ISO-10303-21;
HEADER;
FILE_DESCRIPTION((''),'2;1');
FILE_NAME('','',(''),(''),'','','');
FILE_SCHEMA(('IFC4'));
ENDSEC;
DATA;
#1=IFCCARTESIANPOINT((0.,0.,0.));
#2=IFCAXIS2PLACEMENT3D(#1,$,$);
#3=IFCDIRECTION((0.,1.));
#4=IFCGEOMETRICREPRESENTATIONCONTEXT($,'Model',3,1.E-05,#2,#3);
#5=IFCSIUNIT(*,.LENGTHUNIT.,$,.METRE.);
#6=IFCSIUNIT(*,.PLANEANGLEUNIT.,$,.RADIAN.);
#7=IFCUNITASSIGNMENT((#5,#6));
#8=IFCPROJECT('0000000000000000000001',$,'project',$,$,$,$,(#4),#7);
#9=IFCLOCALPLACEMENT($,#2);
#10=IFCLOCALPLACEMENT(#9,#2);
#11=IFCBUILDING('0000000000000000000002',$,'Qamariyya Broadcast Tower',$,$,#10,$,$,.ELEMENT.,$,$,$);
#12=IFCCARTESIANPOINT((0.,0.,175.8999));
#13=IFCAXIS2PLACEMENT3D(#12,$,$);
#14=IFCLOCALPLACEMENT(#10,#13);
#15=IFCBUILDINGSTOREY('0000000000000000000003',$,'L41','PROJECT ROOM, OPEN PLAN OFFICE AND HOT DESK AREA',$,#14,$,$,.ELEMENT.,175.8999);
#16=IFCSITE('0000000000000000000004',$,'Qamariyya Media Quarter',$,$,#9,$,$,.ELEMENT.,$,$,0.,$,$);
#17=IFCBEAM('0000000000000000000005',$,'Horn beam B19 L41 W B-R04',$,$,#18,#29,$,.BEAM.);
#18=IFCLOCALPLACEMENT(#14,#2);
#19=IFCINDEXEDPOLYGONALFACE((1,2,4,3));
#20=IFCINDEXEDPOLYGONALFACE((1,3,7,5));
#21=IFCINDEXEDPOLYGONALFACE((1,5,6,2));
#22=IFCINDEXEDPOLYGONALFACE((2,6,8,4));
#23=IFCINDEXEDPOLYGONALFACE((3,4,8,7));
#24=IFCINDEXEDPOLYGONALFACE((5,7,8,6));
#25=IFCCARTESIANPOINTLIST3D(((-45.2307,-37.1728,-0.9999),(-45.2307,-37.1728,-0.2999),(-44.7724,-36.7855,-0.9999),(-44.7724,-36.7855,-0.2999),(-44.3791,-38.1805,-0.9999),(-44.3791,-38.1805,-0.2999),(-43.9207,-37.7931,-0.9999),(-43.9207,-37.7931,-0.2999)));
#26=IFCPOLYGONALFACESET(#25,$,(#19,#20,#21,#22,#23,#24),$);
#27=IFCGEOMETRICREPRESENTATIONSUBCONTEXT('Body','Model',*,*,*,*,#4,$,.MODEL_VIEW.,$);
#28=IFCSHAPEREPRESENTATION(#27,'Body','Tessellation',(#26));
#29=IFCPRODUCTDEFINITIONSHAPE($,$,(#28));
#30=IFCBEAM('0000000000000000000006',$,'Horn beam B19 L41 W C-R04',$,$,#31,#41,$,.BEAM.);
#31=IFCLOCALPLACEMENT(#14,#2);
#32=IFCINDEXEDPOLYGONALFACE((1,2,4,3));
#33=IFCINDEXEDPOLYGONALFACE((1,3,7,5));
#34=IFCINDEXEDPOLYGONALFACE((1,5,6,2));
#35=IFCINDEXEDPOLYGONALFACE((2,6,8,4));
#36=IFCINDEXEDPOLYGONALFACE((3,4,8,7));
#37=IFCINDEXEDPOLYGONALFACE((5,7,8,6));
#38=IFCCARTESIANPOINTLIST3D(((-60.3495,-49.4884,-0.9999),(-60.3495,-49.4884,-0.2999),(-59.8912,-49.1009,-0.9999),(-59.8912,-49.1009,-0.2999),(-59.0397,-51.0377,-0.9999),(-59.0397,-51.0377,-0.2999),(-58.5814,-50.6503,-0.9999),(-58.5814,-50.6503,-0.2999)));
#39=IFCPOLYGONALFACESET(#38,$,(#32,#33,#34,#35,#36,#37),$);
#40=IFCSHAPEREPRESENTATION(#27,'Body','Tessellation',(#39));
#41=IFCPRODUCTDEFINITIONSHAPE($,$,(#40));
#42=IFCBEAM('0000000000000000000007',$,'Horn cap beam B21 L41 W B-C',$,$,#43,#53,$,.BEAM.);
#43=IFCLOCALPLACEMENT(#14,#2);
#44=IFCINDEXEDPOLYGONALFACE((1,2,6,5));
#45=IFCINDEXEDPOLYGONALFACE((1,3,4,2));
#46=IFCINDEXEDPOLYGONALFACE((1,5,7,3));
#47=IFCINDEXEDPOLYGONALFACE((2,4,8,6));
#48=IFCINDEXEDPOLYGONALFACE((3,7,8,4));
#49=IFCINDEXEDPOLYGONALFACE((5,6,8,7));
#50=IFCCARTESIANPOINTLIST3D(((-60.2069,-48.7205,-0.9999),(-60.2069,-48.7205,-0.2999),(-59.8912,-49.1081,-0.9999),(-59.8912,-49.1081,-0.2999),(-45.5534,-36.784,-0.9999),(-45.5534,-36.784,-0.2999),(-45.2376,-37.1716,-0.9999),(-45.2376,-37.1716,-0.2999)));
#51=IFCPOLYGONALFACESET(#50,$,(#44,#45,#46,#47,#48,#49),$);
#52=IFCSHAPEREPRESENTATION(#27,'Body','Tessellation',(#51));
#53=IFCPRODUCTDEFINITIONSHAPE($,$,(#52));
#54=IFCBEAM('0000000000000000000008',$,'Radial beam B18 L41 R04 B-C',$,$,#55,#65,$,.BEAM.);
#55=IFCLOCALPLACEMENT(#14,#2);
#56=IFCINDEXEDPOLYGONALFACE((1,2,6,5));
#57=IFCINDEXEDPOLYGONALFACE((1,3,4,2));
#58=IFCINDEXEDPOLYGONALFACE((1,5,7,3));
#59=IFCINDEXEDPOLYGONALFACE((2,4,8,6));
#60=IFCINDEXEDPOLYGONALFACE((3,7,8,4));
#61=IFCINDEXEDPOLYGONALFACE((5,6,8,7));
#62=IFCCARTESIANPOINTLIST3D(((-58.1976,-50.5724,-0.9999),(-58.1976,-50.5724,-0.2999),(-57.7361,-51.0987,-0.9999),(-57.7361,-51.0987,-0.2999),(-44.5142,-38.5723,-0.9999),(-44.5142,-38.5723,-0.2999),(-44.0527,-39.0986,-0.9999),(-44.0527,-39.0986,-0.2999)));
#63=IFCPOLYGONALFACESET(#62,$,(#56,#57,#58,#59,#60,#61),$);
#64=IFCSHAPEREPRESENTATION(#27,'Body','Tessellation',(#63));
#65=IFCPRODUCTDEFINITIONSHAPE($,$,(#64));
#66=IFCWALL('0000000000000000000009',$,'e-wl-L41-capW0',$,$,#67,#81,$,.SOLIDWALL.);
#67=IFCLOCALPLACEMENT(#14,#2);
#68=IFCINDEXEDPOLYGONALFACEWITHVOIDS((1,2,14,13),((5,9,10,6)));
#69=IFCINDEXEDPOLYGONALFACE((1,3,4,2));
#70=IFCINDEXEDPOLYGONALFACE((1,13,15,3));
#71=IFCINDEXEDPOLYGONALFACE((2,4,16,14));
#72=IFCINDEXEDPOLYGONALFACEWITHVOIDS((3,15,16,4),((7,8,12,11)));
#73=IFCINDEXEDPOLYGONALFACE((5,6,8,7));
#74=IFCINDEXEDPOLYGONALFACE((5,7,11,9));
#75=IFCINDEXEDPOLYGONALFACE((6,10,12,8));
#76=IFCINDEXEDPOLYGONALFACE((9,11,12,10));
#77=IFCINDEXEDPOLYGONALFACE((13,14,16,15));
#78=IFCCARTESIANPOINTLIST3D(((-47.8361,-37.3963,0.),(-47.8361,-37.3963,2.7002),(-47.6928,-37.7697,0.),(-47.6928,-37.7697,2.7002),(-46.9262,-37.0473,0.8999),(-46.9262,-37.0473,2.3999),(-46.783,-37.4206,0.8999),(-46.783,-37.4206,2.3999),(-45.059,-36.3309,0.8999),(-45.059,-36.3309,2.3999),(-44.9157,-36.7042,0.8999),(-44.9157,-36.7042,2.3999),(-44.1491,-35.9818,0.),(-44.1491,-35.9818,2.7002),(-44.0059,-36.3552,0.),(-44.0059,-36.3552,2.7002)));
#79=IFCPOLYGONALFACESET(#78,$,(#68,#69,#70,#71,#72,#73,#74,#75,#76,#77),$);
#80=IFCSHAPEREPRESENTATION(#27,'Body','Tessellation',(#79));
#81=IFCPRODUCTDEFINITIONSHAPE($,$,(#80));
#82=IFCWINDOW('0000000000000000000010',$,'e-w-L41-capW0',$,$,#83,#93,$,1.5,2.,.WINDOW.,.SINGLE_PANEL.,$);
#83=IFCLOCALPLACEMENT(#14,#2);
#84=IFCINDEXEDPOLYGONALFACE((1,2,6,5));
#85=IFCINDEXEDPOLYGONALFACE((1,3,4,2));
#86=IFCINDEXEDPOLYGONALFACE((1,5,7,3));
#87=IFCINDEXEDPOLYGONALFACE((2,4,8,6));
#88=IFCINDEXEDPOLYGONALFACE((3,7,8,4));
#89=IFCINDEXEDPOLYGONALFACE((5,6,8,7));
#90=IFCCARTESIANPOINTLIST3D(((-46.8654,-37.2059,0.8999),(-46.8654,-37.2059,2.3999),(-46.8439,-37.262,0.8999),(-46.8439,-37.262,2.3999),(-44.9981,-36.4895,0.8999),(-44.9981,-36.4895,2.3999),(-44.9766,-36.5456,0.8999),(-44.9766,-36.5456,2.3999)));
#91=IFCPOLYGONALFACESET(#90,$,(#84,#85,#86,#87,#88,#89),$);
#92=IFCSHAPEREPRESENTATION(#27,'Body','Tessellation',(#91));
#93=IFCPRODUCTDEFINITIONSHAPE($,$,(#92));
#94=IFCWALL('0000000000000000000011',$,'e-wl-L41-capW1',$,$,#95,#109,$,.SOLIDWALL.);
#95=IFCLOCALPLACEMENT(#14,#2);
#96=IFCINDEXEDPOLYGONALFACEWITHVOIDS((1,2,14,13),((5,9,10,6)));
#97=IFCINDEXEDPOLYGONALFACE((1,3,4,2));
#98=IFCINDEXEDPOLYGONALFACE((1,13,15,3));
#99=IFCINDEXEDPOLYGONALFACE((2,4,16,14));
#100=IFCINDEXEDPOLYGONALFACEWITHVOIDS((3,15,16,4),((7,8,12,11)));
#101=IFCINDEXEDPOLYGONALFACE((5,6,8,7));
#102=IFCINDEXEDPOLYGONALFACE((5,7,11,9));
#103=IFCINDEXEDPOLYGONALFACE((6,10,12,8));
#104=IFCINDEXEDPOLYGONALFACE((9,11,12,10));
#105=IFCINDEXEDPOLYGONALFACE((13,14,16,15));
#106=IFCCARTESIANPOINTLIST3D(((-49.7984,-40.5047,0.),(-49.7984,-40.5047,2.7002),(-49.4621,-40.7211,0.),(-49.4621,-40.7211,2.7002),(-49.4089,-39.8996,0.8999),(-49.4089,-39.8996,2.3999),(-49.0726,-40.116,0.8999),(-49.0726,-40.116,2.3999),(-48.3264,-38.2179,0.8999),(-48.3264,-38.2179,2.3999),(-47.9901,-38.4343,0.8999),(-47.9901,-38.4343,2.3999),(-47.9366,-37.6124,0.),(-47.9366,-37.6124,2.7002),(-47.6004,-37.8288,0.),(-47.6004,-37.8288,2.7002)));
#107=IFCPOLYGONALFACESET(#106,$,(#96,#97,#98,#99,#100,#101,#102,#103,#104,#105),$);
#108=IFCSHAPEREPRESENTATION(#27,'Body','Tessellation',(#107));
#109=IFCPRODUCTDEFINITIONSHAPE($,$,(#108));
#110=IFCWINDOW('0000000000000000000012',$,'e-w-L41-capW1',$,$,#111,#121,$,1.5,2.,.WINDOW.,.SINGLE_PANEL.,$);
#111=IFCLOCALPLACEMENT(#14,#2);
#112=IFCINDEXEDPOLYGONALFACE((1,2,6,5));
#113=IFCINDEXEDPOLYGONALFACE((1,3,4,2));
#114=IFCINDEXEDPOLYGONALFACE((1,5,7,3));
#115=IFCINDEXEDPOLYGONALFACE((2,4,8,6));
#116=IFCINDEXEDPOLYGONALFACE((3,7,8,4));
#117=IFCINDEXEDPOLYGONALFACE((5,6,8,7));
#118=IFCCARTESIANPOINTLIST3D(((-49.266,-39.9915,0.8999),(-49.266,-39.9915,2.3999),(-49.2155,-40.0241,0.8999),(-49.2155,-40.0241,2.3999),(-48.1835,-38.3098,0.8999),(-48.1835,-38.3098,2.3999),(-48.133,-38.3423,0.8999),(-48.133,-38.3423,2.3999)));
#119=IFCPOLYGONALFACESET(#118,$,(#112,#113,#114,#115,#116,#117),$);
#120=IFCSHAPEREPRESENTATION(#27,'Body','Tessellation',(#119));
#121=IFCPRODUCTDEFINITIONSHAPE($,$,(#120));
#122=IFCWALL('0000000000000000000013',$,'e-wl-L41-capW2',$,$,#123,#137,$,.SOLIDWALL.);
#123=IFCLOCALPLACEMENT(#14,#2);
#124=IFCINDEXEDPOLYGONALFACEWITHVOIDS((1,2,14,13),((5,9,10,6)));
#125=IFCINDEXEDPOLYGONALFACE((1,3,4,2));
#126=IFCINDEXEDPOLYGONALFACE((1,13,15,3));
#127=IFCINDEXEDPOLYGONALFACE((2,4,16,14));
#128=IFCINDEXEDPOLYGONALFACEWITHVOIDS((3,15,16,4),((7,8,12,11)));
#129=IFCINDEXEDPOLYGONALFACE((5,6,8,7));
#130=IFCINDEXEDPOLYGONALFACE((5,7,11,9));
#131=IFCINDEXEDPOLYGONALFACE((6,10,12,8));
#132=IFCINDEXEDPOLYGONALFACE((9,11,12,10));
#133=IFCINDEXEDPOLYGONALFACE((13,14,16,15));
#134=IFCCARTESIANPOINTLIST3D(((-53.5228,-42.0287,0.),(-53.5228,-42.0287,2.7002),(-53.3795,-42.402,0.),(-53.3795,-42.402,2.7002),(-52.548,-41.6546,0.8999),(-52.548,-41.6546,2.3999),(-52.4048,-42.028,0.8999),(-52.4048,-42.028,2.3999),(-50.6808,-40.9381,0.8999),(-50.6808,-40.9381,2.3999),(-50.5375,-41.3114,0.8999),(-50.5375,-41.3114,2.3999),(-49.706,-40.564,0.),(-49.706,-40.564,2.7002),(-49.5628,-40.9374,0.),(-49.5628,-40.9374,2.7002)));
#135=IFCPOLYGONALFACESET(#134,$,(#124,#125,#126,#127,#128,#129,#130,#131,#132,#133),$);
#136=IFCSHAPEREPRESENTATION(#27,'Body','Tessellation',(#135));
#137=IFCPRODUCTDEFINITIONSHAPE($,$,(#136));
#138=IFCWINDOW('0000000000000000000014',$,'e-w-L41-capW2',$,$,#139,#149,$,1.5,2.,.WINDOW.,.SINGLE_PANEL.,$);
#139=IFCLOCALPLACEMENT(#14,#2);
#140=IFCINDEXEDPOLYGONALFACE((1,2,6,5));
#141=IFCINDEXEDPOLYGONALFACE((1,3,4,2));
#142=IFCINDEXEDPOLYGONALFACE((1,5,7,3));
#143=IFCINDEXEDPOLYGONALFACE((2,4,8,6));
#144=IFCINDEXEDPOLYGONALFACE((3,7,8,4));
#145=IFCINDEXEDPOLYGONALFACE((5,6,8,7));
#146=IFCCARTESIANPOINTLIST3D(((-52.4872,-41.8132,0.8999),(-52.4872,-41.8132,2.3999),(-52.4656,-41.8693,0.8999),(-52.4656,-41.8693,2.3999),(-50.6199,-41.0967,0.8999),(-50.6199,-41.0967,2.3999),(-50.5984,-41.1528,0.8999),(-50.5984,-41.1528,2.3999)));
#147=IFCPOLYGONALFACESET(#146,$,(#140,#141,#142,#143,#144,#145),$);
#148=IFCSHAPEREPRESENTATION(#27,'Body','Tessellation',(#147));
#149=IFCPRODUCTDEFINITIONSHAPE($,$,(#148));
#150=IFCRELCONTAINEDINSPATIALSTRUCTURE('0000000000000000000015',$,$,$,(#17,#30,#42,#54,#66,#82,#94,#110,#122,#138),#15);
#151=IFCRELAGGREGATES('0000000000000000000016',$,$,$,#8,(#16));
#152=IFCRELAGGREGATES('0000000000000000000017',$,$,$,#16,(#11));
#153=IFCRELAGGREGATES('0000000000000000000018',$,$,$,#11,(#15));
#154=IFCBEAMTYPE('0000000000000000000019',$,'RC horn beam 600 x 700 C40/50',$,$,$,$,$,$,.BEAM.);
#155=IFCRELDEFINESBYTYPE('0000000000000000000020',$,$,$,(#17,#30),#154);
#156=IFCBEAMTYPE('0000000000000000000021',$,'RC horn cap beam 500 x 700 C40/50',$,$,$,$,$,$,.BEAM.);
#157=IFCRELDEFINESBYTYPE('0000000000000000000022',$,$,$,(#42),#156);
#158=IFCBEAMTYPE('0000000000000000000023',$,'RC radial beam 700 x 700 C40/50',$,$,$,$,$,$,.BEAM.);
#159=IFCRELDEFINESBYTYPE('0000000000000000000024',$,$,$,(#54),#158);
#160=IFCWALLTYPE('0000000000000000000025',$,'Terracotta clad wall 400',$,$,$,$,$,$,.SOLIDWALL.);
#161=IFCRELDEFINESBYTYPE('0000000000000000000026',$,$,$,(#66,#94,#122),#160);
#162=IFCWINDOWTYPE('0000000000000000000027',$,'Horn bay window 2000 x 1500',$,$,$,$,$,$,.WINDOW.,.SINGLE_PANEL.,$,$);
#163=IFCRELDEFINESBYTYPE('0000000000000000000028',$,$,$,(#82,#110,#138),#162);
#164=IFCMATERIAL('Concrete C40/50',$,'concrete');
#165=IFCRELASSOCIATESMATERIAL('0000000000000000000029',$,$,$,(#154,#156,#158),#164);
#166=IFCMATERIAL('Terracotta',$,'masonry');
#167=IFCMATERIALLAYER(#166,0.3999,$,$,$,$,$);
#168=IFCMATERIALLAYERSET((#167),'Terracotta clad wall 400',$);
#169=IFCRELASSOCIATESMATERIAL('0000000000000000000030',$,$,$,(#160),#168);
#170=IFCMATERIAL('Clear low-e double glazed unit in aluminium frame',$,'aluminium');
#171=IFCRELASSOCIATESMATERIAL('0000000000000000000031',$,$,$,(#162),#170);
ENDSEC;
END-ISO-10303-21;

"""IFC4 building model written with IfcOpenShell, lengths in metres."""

from ifc_helpers import new_model, si_unit, direction, frame, frame_2d, origin, origin_2d, place, context, subcontext, project, spatial, rectangle, extrude, material, layer, layer_set, material_profile, profile_set, type_object, element, fill, save


model = new_model("IFC4")

# Units and contexts
model_context = context("Model", 3, precision=1e-05, world=origin(), true_north=direction((0.0, 1.0)))
body_context = subcontext(model_context, "Body", "Model", "MODEL_VIEW")
ifc_project = project(units=[si_unit("LENGTHUNIT", "METRE"), si_unit("PLANEANGLEUNIT", "RADIAN")], contexts=[model_context])

# Site, building, storey
site_placement = place(None, origin())
site = spatial("IfcSite", under=ifc_project, at=site_placement, Name="Qamariyya Media Quarter", CompositionType="ELEMENT", RefElevation=0.0)
building_placement = place(site_placement, origin())
building = spatial("IfcBuilding", under=site, at=building_placement, Name="Qamariyya Broadcast Tower", CompositionType="ELEMENT")
storey_placement = place(building_placement, frame((0.0, 0.0, 175.8999)))
storey = spatial("IfcBuildingStorey", under=building, at=storey_placement, Name="L41", Description="PROJECT ROOM, OPEN PLAN OFFICE AND HOT DESK AREA", CompositionType="ELEMENT", Elevation=175.8999)

# Beams
ifc_material_1 = material(Name="Concrete C40/50", Category="concrete")
ifc_material_profile_1 = material_profile(ifc_material_1, rectangle(XDim=0.6001, YDim=0.7, at=origin_2d()))
ifc_profile_set_1 = profile_set([ifc_material_profile_1], Name="Concrete C40/50")
beam_type_1 = type_object("IfcBeamType", Name="RC horn beam 600 x 700 C40/50", PredefinedType="BEAM", material=ifc_profile_set_1)
beam_1_placement = place(storey_placement, frame((-44.1499, -37.9868, -0.6499), z_axis=(-0.645502, 0.763758, 0.0), x_axis=(-0.763758, -0.645502, 0.0)))
element("IfcBeam", 1, at=beam_1_placement, inside=storey, type_object=beam_type_1, Name="Horn beam B19 L41 W B-R04", PredefinedType="BEAM", context=body_context, shape_type="SweptSolid", body=[
    extrude(rectangle(XDim=0.6001, YDim=0.7, at=origin_2d()), origin(), (0.0, 0.0, 1.0), 1.3193),
])
beam_2_placement = place(storey_placement, frame((-58.8105, -50.844, -0.6499), z_axis=(-0.645613, 0.763665, 0.0), x_axis=(-0.763665, -0.645613, 0.0)))
element("IfcBeam", 2, at=beam_2_placement, inside=storey, type_object=beam_type_1, Name="Horn beam B19 L41 W C-R04", PredefinedType="BEAM", context=body_context, shape_type="SweptSolid", body=[
    extrude(rectangle(XDim=0.6001, YDim=0.7, at=origin_2d()), origin(), (0.0, 0.0, 1.0), 2.0288),
])
ifc_material_profile_2 = material_profile(ifc_material_1, rectangle(XDim=0.5, YDim=0.7, at=origin_2d()))
ifc_profile_set_2 = profile_set([ifc_material_profile_2], Name="Concrete C40/50")
beam_type_2 = type_object("IfcBeamType", Name="RC horn cap beam 500 x 700 C40/50", PredefinedType="BEAM", material=ifc_profile_set_2)
beam_3_placement = place(storey_placement, frame((-45.3955, -36.9778, -0.6499), z_axis=(-0.775324, -0.631564, 0.0), x_axis=(0.631564, -0.775324, 0.0)))
element("IfcBeam", 3, at=beam_3_placement, inside=storey, type_object=beam_type_2, Name="Horn cap beam B21 L41 W B-C", PredefinedType="BEAM", context=body_context, shape_type="SweptSolid", body=[
    extrude(rectangle(XDim=0.5, YDim=0.7, at=origin_2d()), origin(), (0.0, 0.0, 1.0), 18.8999),
])
ifc_material_profile_3 = material_profile(ifc_material_1, rectangle(XDim=0.7, YDim=0.7, at=origin_2d()))
ifc_profile_set_3 = profile_set([ifc_material_profile_3], Name="Concrete C40/50")
beam_type_3 = type_object("IfcBeamType", Name="RC radial beam 700 x 700 C40/50", PredefinedType="BEAM", material=ifc_profile_set_3)
beam_4_placement = place(storey_placement, frame((-44.2834, -38.8354, -0.6499), z_axis=(-0.751839, -0.659347, 0.0), x_axis=(0.659347, -0.751839, 0.0)))
element("IfcBeam", 4, at=beam_4_placement, inside=storey, type_object=beam_type_3, Name="Radial beam B18 L41 R04 B-C", PredefinedType="BEAM", context=body_context, shape_type="SweptSolid", body=[
    extrude(rectangle(XDim=0.7, YDim=0.7, at=origin_2d()), origin(), (0.0, 0.0, 1.0), 18.2),
])

# Walls, openings, windows
ifc_material_2 = material(Name="Terracotta", Category="masonry")
ifc_layer = layer(ifc_material_2, 0.3999)
ifc_layer_set = layer_set([ifc_layer], Name="Terracotta clad wall 400")
wall_type = type_object("IfcWallType", Name="Terracotta clad wall 400", PredefinedType="SOLIDWALL", material=ifc_layer_set)
wall_1_placement = place(storey_placement, frame((-44.0774, -36.1685, 0.0), z_axis=(0.0, 0.0, 1.0), x_axis=(-0.933645, -0.3582, 0.0)))
wall_1 = element("IfcWall", 5, at=wall_1_placement, inside=storey, type_object=wall_type, Name="e-wl-L41-capW0", PredefinedType="SOLIDWALL", context=body_context, shape_type="SweptSolid", body=[
    extrude(rectangle(XDim=3.949, YDim=0.3999, at=frame_2d((1.9746, 0.0))), origin(), (0.0, 0.0, 1.0), 2.7002),
])
opening_1_placement = place(wall_1_placement, frame((0.9746, 0.0, 0.8999)))
opening_1 = element("IfcOpeningElement", 6, at=opening_1_placement, cuts=wall_1, PredefinedType="OPENING", context=body_context, shape_type="SweptSolid", body=[
    extrude(rectangle(XDim=2.0, YDim=1.5, at=frame_2d((1.0, 0.75))), frame((0.0, 0.21, 0.0), z_axis=(0.0, -1.0, 0.0), x_axis=(1.0, 0.0, 0.0)), (0.0, 0.0, 1.0), 0.4199),
])
ifc_material_3 = material(Name="Clear low-e double glazed unit in aluminium frame", Category="aluminium")
window_type = type_object("IfcWindowType", Name="Horn bay window 2000 x 1500", PartitioningType="SINGLE_PANEL", PredefinedType="WINDOW", material=ifc_material_3)
window_1_placement = place(opening_1_placement, origin())
window_1 = element("IfcWindow", 7, at=window_1_placement, inside=storey, type_object=window_type, Name="e-w-L41-capW0", OverallHeight=1.5, OverallWidth=2.0, PartitioningType="SINGLE_PANEL", PredefinedType="WINDOW", context=body_context, shape_type="SweptSolid", body=[
    extrude(rectangle(XDim=2.0, YDim=1.5, at=frame_2d((1.0, 0.75))), frame((0.0, 0.03, 0.0), z_axis=(0.0, -1.0, 0.0), x_axis=(1.0, 0.0, 0.0)), (0.0, 0.0, 1.0), 0.0601),
])
fill(opening_1, window_1)
wall_2_placement = place(storey_placement, frame((-47.7686, -37.7207, 0.0), z_axis=(0.0, 0.0, 1.0), x_axis=(-0.541263, -0.840853, 0.0)))
wall_2 = element("IfcWall", 8, at=wall_2_placement, inside=storey, type_object=wall_type, Name="e-wl-L41-capW1", PredefinedType="SOLIDWALL", context=body_context, shape_type="SweptSolid", body=[
    extrude(rectangle(XDim=3.4397, YDim=0.3999, at=frame_2d((1.7197, 0.0))), origin(), (0.0, 0.0, 1.0), 2.7002),
])
opening_2_placement = place(wall_2_placement, frame((0.72, 0.0, 0.8999)))
opening_2 = element("IfcOpeningElement", 9, at=opening_2_placement, cuts=wall_2, PredefinedType="OPENING", context=body_context, shape_type="SweptSolid", body=[
    extrude(rectangle(XDim=2.0, YDim=1.5, at=frame_2d((1.0, 0.75))), frame((0.0, 0.21, 0.0), z_axis=(0.0, -1.0, 0.0), x_axis=(1.0, 0.0, 0.0)), (0.0, 0.0, 1.0), 0.4199),
])
window_2_placement = place(opening_2_placement, origin())
window_2 = element("IfcWindow", 10, at=window_2_placement, inside=storey, type_object=window_type, Name="e-w-L41-capW1", OverallHeight=1.5, OverallWidth=2.0, PartitioningType="SINGLE_PANEL", PredefinedType="WINDOW", context=body_context, shape_type="SweptSolid", body=[
    extrude(rectangle(XDim=2.0, YDim=1.5, at=frame_2d((1.0, 0.75))), frame((0.0, 0.03, 0.0), z_axis=(0.0, -1.0, 0.0), x_axis=(1.0, 0.0, 0.0)), (0.0, 0.0, 1.0), 0.0601),
])
fill(opening_2, window_2)
wall_3_placement = place(storey_placement, frame((-49.6345, -40.7507, 0.0), z_axis=(0.0, 0.0, 1.0), x_axis=(-0.933619, -0.358267, 0.0)))
wall_3 = element("IfcWall", 11, at=wall_3_placement, inside=storey, type_object=wall_type, Name="e-wl-L41-capW2", PredefinedType="SOLIDWALL", context=body_context, shape_type="SweptSolid", body=[
    extrude(rectangle(XDim=4.0881, YDim=0.3999, at=frame_2d((2.0439, 0.0))), origin(), (0.0, 0.0, 1.0), 2.7002),
])
opening_3_placement = place(wall_3_placement, frame((1.0439, 0.0, 0.8999)))
opening_3 = element("IfcOpeningElement", 12, at=opening_3_placement, cuts=wall_3, PredefinedType="OPENING", context=body_context, shape_type="SweptSolid", body=[
    extrude(rectangle(XDim=2.0, YDim=1.5, at=frame_2d((1.0, 0.75))), frame((0.0, 0.21, 0.0), z_axis=(0.0, -1.0, 0.0), x_axis=(1.0, 0.0, 0.0)), (0.0, 0.0, 1.0), 0.4199),
])
window_3_placement = place(opening_3_placement, origin())
window_3 = element("IfcWindow", 13, at=window_3_placement, inside=storey, type_object=window_type, Name="e-w-L41-capW2", OverallHeight=1.5, OverallWidth=2.0, PartitioningType="SINGLE_PANEL", PredefinedType="WINDOW", context=body_context, shape_type="SweptSolid", body=[
    extrude(rectangle(XDim=2.0, YDim=1.5, at=frame_2d((1.0, 0.75))), frame((0.0, 0.03, 0.0), z_axis=(0.0, -1.0, 0.0), x_axis=(1.0, 0.0, 0.0)), (0.0, 0.0, 1.0), 0.0601),
])
fill(opening_3, window_3)

save(model, "model.ifc")
